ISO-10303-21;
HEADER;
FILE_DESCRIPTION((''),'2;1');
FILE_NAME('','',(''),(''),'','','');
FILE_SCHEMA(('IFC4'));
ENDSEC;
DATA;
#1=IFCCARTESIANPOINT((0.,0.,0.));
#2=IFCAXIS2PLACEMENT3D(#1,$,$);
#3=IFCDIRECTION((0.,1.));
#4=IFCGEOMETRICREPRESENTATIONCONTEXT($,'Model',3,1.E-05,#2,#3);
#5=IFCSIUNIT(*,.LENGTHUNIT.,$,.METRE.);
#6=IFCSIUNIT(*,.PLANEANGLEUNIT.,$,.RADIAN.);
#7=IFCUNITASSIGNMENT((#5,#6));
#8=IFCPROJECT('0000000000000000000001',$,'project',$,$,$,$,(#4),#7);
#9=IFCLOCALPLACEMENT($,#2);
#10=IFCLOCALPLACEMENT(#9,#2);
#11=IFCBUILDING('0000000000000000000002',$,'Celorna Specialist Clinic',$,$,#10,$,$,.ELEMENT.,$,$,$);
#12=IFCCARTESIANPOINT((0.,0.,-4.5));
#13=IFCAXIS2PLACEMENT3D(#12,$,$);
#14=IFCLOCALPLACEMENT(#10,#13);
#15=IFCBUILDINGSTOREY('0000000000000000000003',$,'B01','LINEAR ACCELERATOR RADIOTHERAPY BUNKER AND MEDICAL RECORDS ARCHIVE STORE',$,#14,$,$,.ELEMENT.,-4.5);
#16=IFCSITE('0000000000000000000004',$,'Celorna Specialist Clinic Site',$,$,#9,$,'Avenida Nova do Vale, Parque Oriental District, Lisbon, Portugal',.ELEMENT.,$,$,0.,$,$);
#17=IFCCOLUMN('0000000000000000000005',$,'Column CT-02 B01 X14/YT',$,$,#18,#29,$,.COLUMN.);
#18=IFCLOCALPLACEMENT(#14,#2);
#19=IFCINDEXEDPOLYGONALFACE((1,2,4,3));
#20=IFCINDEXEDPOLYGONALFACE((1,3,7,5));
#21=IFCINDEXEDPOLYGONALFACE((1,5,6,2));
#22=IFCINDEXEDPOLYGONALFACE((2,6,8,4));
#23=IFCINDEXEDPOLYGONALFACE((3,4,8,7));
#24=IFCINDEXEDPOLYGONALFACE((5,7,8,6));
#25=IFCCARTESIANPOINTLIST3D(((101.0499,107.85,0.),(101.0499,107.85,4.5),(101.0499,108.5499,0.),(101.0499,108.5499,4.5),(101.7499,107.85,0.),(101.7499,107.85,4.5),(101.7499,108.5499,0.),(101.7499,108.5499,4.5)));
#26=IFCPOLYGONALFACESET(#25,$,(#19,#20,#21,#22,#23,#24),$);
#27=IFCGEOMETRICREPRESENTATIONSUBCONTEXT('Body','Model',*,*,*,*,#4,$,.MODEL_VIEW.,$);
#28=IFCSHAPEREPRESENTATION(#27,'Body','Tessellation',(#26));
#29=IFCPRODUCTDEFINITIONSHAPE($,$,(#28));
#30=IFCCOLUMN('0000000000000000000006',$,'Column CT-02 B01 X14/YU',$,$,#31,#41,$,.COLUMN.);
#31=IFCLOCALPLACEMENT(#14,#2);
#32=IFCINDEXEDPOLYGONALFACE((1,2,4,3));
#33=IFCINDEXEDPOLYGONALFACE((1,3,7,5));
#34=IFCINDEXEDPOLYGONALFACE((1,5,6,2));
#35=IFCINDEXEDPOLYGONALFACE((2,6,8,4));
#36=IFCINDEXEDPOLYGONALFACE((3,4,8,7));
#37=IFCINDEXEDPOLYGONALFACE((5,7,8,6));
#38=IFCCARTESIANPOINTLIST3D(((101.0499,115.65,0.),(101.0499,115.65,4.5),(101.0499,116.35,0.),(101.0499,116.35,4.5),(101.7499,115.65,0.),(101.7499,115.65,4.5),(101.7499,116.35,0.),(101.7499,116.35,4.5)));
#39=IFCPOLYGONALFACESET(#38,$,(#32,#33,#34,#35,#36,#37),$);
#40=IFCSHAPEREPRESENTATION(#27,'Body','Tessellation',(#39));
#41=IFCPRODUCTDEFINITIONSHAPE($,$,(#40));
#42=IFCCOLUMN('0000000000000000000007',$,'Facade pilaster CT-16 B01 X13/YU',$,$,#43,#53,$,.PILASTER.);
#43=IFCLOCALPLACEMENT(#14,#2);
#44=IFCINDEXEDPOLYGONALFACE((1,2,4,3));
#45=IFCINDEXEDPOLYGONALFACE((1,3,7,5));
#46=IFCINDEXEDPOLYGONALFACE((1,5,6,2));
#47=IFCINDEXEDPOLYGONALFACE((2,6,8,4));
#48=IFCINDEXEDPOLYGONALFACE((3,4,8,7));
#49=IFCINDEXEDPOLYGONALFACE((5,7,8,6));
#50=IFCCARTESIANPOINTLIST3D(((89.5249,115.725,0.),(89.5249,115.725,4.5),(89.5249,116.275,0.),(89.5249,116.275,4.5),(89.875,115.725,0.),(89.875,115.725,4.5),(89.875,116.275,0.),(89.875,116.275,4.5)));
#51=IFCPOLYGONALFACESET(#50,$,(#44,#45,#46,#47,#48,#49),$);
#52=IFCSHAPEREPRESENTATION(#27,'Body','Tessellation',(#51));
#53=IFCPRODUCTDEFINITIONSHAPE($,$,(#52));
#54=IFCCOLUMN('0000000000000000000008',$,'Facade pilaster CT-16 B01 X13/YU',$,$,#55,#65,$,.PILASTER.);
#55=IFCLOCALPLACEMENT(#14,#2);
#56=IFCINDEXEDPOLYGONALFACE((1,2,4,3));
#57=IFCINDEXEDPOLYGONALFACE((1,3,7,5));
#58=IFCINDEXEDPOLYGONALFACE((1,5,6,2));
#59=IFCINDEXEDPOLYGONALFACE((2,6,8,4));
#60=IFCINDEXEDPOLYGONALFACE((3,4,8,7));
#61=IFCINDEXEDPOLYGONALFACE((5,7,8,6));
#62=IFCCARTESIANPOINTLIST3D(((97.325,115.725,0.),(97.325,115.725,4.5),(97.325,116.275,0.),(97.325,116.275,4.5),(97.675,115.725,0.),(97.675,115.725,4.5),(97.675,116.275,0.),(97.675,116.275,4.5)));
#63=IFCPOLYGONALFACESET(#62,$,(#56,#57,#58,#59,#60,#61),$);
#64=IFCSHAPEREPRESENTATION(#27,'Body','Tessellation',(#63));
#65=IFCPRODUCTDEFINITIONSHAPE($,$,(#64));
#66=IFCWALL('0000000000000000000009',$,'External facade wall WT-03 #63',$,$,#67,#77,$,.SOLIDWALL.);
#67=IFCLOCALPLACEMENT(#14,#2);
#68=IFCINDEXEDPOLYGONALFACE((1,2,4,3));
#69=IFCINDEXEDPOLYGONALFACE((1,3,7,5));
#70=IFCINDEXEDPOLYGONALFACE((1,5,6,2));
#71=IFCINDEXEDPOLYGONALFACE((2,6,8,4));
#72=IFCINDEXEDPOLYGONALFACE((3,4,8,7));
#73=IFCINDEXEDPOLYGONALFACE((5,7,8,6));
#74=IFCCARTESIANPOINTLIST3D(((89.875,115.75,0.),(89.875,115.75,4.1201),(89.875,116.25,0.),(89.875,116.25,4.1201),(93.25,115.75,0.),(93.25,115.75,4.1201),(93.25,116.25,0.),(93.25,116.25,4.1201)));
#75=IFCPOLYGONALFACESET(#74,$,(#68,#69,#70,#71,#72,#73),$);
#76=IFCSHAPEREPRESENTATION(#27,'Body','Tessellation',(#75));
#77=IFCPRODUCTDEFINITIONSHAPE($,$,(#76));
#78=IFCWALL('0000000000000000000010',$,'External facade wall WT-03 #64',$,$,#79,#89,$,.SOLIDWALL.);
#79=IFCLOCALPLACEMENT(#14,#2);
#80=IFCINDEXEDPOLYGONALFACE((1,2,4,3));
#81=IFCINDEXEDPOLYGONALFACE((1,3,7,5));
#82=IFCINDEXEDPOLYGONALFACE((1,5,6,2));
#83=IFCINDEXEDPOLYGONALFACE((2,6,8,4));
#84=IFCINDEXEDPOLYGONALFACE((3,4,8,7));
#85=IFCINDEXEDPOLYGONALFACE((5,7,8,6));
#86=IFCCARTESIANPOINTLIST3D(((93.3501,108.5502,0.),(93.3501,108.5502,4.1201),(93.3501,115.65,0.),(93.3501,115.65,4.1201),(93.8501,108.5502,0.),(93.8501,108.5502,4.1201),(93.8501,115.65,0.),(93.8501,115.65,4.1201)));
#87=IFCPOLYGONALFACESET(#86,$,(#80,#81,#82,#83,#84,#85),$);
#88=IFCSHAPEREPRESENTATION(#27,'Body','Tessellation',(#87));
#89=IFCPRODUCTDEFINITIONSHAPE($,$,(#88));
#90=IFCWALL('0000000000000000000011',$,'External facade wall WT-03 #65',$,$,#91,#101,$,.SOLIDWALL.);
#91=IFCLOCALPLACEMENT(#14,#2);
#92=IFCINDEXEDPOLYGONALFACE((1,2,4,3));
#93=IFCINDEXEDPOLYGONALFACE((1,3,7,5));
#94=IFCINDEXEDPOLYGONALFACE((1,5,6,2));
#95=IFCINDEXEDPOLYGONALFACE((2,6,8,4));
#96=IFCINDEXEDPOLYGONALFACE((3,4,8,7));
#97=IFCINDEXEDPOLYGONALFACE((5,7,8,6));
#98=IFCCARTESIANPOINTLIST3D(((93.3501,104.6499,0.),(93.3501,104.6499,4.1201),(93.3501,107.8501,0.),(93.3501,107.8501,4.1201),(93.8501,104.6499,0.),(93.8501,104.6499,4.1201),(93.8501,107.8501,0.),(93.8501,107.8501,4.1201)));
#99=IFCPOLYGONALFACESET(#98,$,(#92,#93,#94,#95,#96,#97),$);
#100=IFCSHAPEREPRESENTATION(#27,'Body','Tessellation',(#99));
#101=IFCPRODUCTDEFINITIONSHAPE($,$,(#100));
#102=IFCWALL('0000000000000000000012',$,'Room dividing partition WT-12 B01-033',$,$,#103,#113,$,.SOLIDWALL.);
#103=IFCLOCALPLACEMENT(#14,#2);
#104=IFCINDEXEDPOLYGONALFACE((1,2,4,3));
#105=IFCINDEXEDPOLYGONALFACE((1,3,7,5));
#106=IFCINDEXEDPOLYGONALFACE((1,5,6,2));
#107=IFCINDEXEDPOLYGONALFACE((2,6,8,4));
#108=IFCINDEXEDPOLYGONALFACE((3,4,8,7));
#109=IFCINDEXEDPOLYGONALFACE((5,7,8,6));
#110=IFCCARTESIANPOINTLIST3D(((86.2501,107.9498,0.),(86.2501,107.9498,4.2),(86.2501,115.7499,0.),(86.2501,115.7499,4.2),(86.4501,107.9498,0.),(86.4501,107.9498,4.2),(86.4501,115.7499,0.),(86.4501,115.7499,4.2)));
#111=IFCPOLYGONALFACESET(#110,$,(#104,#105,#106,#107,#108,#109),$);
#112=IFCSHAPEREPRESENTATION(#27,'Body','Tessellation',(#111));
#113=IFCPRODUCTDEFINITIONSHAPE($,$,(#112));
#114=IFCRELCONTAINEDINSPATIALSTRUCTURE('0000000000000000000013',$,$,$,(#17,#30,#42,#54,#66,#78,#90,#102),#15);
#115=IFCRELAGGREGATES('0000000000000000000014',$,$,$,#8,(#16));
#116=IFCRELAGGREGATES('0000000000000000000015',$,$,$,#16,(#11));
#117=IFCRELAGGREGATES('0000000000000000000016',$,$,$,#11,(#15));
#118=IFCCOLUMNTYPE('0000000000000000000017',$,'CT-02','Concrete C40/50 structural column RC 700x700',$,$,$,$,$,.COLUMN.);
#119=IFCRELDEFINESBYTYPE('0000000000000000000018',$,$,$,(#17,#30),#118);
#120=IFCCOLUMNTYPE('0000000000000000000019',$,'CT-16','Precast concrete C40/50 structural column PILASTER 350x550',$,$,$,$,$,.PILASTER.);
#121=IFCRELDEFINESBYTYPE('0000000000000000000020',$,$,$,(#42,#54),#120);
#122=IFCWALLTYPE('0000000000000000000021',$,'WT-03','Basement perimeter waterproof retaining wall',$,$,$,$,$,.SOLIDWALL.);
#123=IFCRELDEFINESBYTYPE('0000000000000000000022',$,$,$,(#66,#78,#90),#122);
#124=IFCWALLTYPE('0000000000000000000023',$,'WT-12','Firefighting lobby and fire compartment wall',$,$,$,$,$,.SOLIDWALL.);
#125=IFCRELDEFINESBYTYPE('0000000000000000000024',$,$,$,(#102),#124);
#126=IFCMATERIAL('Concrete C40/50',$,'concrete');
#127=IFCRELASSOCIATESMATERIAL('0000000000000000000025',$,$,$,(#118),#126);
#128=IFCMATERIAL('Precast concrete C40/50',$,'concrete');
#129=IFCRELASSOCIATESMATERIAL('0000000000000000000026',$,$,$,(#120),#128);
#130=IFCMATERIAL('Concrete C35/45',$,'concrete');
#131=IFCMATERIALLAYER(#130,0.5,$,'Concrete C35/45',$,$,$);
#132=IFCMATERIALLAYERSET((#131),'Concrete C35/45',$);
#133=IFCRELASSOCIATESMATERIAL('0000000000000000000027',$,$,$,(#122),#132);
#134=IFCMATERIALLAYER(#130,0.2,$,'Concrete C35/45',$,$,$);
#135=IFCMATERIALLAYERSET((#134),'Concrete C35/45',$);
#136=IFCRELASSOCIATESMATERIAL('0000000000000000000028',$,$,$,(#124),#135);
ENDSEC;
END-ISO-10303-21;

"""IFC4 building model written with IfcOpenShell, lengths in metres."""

from ifc_helpers import new_model, si_unit, direction, frame, frame_2d, origin, origin_2d, place, context, subcontext, project, spatial, rectangle, extrude, material, layer, layer_set, material_profile, profile_set, type_object, element, save


model = new_model("IFC4")

# Units and contexts
model_context = context("Model", 3, precision=1e-05, world=origin(), true_north=direction((0.0, 1.0)))
body_context = subcontext(model_context, "Body", "Model", "MODEL_VIEW")
ifc_project = project(units=[si_unit("LENGTHUNIT", "METRE"), si_unit("PLANEANGLEUNIT", "RADIAN")], contexts=[model_context])

# Site, building, storey
site_placement = place(None, origin())
site = spatial("IfcSite", under=ifc_project, at=site_placement, Name="Celorna Specialist Clinic Site", LongName="Avenida Nova do Vale, Parque Oriental District, Lisbon, Portugal", CompositionType="ELEMENT", RefElevation=0.0)
building_placement = place(site_placement, origin())
building = spatial("IfcBuilding", under=site, at=building_placement, Name="Celorna Specialist Clinic", CompositionType="ELEMENT")
storey_placement = place(building_placement, frame((0.0, 0.0, -4.5)))
storey = spatial("IfcBuildingStorey", under=building, at=storey_placement, Name="B01", Description="LINEAR ACCELERATOR RADIOTHERAPY BUNKER AND MEDICAL RECORDS ARCHIVE STORE", CompositionType="ELEMENT", Elevation=-4.5)

# Shared definitions
ifc_material_1 = material(Name="Concrete C35/45", Category="concrete")

# Columns
ifc_material_2 = material(Name="Concrete C40/50", Category="concrete")
ifc_material_profile_1 = material_profile(ifc_material_2, rectangle(XDim=0.7, YDim=0.7, at=origin_2d()), Name="RC 700x700")
ifc_profile_set_1 = profile_set([ifc_material_profile_1], Name="Concrete C40/50")
column_type_1 = type_object("IfcColumnType", Name="CT-02", Description="Concrete C40/50 structural column RC 700x700", PredefinedType="COLUMN", material=ifc_profile_set_1)
for number, where, z_axis, x_axis, name in (
    (1, (101.3999, 108.2, 0.0), (0.0, 0.0, 1.0), (1.0, 0.0, 0.0), "Column CT-02 B01 X14/YT"),
    (2, (101.3999, 116.0, 0.0), (0.0, 0.0, 1.0), (1.0, 0.0, 0.0), "Column CT-02 B01 X14/YU"),
):
    element("IfcColumn", number, at=place(storey_placement, frame(where, z_axis=z_axis, x_axis=x_axis)), inside=storey, type_object=column_type_1, Name=name, PredefinedType="COLUMN", context=body_context, shape_type="SweptSolid", body=[
        extrude(rectangle(XDim=0.7, YDim=0.7, at=origin_2d()), origin(), (0.0, 0.0, 1.0), 4.5),
    ])
ifc_material_3 = material(Name="Precast concrete C40/50", Category="concrete")
ifc_material_profile_2 = material_profile(ifc_material_3, rectangle(XDim=0.3501, YDim=0.55, at=origin_2d()), Name="PILASTER 350x550")
ifc_profile_set_2 = profile_set([ifc_material_profile_2], Name="Precast concrete C40/50")
column_type_2 = type_object("IfcColumnType", Name="CT-16", Description="Precast concrete C40/50 structural column PILASTER 350x550", PredefinedType="PILASTER", material=ifc_profile_set_2)
for number, where, z_axis, x_axis, name in (
    (3, (89.7, 116.0, 0.0), (0.0, 0.0, 1.0), (1.0, 0.0, 0.0), "Facade pilaster CT-16 B01 X13/YU"),
    (4, (97.5, 116.0, 0.0), (0.0, 0.0, 1.0), (1.0, 0.0, 0.0), "Facade pilaster CT-16 B01 X13/YU"),
):
    element("IfcColumn", number, at=place(storey_placement, frame(where, z_axis=z_axis, x_axis=x_axis)), inside=storey, type_object=column_type_2, Name=name, PredefinedType="PILASTER", context=body_context, shape_type="SweptSolid", body=[
        extrude(rectangle(XDim=0.3501, YDim=0.55, at=origin_2d()), origin(), (0.0, 0.0, 1.0), 4.5),
    ])

# Walls
ifc_layer_1 = layer(ifc_material_1, 0.5, Name="Concrete C35/45")
ifc_layer_set_1 = layer_set([ifc_layer_1], Name="Concrete C35/45")
wall_type_1 = type_object("IfcWallType", Name="WT-03", Description="Basement perimeter waterproof retaining wall", PredefinedType="SOLIDWALL", material=ifc_layer_set_1)
wall_1_placement = place(storey_placement, frame((89.875, 116.0, 0.0), z_axis=(0.0, 0.0, 1.0), x_axis=(1.0, 0.0, 0.0)))
element("IfcWall", 5, at=wall_1_placement, inside=storey, type_object=wall_type_1, Name="External facade wall WT-03 #63", PredefinedType="SOLIDWALL", context=body_context, shape_type="SweptSolid", body=[
    extrude(rectangle(XDim=3.375, YDim=0.5, at=frame_2d((1.6875, 0.0))), origin(), (0.0, 0.0, 1.0), 4.1201),
])
wall_2_placement = place(storey_placement, frame((93.6001, 115.6499, 0.0), z_axis=(0.0, 0.0, 1.0), x_axis=(0.0, -1.0, 0.0)))
element("IfcWall", 6, at=wall_2_placement, inside=storey, type_object=wall_type_1, Name="External facade wall WT-03 #64", PredefinedType="SOLIDWALL", context=body_context, shape_type="SweptSolid", body=[
    extrude(rectangle(XDim=7.0999, YDim=0.5, at=frame_2d((3.5498, 0.0))), origin(), (0.0, 0.0, 1.0), 4.1201),
])
wall_3_placement = place(storey_placement, frame((93.6001, 107.8501, 0.0), z_axis=(0.0, 0.0, 1.0), x_axis=(0.0, -1.0, 0.0)))
element("IfcWall", 7, at=wall_3_placement, inside=storey, type_object=wall_type_1, Name="External facade wall WT-03 #65", PredefinedType="SOLIDWALL", context=body_context, shape_type="SweptSolid", body=[
    extrude(rectangle(XDim=3.2002, YDim=0.5, at=frame_2d((1.6001, 0.0))), origin(), (0.0, 0.0, 1.0), 4.1201),
])
ifc_layer_2 = layer(ifc_material_1, 0.2, Name="Concrete C35/45")
ifc_layer_set_2 = layer_set([ifc_layer_2], Name="Concrete C35/45")
wall_type_2 = type_object("IfcWallType", Name="WT-12", Description="Firefighting lobby and fire compartment wall", PredefinedType="SOLIDWALL", material=ifc_layer_set_2)
wall_4_placement = place(storey_placement, frame((86.3501, 107.95, 0.0), z_axis=(0.0, 0.0, 1.0), x_axis=(0.0, 1.0, 0.0)))
element("IfcWall", 8, at=wall_4_placement, inside=storey, type_object=wall_type_2, Name="Room dividing partition WT-12 B01-033", PredefinedType="SOLIDWALL", context=body_context, shape_type="SweptSolid", body=[
    extrude(rectangle(XDim=7.8, YDim=0.2, at=frame_2d((3.8999, 0.0))), origin(), (0.0, 0.0, 1.0), 4.2),
])

save(model, "model.ifc")
